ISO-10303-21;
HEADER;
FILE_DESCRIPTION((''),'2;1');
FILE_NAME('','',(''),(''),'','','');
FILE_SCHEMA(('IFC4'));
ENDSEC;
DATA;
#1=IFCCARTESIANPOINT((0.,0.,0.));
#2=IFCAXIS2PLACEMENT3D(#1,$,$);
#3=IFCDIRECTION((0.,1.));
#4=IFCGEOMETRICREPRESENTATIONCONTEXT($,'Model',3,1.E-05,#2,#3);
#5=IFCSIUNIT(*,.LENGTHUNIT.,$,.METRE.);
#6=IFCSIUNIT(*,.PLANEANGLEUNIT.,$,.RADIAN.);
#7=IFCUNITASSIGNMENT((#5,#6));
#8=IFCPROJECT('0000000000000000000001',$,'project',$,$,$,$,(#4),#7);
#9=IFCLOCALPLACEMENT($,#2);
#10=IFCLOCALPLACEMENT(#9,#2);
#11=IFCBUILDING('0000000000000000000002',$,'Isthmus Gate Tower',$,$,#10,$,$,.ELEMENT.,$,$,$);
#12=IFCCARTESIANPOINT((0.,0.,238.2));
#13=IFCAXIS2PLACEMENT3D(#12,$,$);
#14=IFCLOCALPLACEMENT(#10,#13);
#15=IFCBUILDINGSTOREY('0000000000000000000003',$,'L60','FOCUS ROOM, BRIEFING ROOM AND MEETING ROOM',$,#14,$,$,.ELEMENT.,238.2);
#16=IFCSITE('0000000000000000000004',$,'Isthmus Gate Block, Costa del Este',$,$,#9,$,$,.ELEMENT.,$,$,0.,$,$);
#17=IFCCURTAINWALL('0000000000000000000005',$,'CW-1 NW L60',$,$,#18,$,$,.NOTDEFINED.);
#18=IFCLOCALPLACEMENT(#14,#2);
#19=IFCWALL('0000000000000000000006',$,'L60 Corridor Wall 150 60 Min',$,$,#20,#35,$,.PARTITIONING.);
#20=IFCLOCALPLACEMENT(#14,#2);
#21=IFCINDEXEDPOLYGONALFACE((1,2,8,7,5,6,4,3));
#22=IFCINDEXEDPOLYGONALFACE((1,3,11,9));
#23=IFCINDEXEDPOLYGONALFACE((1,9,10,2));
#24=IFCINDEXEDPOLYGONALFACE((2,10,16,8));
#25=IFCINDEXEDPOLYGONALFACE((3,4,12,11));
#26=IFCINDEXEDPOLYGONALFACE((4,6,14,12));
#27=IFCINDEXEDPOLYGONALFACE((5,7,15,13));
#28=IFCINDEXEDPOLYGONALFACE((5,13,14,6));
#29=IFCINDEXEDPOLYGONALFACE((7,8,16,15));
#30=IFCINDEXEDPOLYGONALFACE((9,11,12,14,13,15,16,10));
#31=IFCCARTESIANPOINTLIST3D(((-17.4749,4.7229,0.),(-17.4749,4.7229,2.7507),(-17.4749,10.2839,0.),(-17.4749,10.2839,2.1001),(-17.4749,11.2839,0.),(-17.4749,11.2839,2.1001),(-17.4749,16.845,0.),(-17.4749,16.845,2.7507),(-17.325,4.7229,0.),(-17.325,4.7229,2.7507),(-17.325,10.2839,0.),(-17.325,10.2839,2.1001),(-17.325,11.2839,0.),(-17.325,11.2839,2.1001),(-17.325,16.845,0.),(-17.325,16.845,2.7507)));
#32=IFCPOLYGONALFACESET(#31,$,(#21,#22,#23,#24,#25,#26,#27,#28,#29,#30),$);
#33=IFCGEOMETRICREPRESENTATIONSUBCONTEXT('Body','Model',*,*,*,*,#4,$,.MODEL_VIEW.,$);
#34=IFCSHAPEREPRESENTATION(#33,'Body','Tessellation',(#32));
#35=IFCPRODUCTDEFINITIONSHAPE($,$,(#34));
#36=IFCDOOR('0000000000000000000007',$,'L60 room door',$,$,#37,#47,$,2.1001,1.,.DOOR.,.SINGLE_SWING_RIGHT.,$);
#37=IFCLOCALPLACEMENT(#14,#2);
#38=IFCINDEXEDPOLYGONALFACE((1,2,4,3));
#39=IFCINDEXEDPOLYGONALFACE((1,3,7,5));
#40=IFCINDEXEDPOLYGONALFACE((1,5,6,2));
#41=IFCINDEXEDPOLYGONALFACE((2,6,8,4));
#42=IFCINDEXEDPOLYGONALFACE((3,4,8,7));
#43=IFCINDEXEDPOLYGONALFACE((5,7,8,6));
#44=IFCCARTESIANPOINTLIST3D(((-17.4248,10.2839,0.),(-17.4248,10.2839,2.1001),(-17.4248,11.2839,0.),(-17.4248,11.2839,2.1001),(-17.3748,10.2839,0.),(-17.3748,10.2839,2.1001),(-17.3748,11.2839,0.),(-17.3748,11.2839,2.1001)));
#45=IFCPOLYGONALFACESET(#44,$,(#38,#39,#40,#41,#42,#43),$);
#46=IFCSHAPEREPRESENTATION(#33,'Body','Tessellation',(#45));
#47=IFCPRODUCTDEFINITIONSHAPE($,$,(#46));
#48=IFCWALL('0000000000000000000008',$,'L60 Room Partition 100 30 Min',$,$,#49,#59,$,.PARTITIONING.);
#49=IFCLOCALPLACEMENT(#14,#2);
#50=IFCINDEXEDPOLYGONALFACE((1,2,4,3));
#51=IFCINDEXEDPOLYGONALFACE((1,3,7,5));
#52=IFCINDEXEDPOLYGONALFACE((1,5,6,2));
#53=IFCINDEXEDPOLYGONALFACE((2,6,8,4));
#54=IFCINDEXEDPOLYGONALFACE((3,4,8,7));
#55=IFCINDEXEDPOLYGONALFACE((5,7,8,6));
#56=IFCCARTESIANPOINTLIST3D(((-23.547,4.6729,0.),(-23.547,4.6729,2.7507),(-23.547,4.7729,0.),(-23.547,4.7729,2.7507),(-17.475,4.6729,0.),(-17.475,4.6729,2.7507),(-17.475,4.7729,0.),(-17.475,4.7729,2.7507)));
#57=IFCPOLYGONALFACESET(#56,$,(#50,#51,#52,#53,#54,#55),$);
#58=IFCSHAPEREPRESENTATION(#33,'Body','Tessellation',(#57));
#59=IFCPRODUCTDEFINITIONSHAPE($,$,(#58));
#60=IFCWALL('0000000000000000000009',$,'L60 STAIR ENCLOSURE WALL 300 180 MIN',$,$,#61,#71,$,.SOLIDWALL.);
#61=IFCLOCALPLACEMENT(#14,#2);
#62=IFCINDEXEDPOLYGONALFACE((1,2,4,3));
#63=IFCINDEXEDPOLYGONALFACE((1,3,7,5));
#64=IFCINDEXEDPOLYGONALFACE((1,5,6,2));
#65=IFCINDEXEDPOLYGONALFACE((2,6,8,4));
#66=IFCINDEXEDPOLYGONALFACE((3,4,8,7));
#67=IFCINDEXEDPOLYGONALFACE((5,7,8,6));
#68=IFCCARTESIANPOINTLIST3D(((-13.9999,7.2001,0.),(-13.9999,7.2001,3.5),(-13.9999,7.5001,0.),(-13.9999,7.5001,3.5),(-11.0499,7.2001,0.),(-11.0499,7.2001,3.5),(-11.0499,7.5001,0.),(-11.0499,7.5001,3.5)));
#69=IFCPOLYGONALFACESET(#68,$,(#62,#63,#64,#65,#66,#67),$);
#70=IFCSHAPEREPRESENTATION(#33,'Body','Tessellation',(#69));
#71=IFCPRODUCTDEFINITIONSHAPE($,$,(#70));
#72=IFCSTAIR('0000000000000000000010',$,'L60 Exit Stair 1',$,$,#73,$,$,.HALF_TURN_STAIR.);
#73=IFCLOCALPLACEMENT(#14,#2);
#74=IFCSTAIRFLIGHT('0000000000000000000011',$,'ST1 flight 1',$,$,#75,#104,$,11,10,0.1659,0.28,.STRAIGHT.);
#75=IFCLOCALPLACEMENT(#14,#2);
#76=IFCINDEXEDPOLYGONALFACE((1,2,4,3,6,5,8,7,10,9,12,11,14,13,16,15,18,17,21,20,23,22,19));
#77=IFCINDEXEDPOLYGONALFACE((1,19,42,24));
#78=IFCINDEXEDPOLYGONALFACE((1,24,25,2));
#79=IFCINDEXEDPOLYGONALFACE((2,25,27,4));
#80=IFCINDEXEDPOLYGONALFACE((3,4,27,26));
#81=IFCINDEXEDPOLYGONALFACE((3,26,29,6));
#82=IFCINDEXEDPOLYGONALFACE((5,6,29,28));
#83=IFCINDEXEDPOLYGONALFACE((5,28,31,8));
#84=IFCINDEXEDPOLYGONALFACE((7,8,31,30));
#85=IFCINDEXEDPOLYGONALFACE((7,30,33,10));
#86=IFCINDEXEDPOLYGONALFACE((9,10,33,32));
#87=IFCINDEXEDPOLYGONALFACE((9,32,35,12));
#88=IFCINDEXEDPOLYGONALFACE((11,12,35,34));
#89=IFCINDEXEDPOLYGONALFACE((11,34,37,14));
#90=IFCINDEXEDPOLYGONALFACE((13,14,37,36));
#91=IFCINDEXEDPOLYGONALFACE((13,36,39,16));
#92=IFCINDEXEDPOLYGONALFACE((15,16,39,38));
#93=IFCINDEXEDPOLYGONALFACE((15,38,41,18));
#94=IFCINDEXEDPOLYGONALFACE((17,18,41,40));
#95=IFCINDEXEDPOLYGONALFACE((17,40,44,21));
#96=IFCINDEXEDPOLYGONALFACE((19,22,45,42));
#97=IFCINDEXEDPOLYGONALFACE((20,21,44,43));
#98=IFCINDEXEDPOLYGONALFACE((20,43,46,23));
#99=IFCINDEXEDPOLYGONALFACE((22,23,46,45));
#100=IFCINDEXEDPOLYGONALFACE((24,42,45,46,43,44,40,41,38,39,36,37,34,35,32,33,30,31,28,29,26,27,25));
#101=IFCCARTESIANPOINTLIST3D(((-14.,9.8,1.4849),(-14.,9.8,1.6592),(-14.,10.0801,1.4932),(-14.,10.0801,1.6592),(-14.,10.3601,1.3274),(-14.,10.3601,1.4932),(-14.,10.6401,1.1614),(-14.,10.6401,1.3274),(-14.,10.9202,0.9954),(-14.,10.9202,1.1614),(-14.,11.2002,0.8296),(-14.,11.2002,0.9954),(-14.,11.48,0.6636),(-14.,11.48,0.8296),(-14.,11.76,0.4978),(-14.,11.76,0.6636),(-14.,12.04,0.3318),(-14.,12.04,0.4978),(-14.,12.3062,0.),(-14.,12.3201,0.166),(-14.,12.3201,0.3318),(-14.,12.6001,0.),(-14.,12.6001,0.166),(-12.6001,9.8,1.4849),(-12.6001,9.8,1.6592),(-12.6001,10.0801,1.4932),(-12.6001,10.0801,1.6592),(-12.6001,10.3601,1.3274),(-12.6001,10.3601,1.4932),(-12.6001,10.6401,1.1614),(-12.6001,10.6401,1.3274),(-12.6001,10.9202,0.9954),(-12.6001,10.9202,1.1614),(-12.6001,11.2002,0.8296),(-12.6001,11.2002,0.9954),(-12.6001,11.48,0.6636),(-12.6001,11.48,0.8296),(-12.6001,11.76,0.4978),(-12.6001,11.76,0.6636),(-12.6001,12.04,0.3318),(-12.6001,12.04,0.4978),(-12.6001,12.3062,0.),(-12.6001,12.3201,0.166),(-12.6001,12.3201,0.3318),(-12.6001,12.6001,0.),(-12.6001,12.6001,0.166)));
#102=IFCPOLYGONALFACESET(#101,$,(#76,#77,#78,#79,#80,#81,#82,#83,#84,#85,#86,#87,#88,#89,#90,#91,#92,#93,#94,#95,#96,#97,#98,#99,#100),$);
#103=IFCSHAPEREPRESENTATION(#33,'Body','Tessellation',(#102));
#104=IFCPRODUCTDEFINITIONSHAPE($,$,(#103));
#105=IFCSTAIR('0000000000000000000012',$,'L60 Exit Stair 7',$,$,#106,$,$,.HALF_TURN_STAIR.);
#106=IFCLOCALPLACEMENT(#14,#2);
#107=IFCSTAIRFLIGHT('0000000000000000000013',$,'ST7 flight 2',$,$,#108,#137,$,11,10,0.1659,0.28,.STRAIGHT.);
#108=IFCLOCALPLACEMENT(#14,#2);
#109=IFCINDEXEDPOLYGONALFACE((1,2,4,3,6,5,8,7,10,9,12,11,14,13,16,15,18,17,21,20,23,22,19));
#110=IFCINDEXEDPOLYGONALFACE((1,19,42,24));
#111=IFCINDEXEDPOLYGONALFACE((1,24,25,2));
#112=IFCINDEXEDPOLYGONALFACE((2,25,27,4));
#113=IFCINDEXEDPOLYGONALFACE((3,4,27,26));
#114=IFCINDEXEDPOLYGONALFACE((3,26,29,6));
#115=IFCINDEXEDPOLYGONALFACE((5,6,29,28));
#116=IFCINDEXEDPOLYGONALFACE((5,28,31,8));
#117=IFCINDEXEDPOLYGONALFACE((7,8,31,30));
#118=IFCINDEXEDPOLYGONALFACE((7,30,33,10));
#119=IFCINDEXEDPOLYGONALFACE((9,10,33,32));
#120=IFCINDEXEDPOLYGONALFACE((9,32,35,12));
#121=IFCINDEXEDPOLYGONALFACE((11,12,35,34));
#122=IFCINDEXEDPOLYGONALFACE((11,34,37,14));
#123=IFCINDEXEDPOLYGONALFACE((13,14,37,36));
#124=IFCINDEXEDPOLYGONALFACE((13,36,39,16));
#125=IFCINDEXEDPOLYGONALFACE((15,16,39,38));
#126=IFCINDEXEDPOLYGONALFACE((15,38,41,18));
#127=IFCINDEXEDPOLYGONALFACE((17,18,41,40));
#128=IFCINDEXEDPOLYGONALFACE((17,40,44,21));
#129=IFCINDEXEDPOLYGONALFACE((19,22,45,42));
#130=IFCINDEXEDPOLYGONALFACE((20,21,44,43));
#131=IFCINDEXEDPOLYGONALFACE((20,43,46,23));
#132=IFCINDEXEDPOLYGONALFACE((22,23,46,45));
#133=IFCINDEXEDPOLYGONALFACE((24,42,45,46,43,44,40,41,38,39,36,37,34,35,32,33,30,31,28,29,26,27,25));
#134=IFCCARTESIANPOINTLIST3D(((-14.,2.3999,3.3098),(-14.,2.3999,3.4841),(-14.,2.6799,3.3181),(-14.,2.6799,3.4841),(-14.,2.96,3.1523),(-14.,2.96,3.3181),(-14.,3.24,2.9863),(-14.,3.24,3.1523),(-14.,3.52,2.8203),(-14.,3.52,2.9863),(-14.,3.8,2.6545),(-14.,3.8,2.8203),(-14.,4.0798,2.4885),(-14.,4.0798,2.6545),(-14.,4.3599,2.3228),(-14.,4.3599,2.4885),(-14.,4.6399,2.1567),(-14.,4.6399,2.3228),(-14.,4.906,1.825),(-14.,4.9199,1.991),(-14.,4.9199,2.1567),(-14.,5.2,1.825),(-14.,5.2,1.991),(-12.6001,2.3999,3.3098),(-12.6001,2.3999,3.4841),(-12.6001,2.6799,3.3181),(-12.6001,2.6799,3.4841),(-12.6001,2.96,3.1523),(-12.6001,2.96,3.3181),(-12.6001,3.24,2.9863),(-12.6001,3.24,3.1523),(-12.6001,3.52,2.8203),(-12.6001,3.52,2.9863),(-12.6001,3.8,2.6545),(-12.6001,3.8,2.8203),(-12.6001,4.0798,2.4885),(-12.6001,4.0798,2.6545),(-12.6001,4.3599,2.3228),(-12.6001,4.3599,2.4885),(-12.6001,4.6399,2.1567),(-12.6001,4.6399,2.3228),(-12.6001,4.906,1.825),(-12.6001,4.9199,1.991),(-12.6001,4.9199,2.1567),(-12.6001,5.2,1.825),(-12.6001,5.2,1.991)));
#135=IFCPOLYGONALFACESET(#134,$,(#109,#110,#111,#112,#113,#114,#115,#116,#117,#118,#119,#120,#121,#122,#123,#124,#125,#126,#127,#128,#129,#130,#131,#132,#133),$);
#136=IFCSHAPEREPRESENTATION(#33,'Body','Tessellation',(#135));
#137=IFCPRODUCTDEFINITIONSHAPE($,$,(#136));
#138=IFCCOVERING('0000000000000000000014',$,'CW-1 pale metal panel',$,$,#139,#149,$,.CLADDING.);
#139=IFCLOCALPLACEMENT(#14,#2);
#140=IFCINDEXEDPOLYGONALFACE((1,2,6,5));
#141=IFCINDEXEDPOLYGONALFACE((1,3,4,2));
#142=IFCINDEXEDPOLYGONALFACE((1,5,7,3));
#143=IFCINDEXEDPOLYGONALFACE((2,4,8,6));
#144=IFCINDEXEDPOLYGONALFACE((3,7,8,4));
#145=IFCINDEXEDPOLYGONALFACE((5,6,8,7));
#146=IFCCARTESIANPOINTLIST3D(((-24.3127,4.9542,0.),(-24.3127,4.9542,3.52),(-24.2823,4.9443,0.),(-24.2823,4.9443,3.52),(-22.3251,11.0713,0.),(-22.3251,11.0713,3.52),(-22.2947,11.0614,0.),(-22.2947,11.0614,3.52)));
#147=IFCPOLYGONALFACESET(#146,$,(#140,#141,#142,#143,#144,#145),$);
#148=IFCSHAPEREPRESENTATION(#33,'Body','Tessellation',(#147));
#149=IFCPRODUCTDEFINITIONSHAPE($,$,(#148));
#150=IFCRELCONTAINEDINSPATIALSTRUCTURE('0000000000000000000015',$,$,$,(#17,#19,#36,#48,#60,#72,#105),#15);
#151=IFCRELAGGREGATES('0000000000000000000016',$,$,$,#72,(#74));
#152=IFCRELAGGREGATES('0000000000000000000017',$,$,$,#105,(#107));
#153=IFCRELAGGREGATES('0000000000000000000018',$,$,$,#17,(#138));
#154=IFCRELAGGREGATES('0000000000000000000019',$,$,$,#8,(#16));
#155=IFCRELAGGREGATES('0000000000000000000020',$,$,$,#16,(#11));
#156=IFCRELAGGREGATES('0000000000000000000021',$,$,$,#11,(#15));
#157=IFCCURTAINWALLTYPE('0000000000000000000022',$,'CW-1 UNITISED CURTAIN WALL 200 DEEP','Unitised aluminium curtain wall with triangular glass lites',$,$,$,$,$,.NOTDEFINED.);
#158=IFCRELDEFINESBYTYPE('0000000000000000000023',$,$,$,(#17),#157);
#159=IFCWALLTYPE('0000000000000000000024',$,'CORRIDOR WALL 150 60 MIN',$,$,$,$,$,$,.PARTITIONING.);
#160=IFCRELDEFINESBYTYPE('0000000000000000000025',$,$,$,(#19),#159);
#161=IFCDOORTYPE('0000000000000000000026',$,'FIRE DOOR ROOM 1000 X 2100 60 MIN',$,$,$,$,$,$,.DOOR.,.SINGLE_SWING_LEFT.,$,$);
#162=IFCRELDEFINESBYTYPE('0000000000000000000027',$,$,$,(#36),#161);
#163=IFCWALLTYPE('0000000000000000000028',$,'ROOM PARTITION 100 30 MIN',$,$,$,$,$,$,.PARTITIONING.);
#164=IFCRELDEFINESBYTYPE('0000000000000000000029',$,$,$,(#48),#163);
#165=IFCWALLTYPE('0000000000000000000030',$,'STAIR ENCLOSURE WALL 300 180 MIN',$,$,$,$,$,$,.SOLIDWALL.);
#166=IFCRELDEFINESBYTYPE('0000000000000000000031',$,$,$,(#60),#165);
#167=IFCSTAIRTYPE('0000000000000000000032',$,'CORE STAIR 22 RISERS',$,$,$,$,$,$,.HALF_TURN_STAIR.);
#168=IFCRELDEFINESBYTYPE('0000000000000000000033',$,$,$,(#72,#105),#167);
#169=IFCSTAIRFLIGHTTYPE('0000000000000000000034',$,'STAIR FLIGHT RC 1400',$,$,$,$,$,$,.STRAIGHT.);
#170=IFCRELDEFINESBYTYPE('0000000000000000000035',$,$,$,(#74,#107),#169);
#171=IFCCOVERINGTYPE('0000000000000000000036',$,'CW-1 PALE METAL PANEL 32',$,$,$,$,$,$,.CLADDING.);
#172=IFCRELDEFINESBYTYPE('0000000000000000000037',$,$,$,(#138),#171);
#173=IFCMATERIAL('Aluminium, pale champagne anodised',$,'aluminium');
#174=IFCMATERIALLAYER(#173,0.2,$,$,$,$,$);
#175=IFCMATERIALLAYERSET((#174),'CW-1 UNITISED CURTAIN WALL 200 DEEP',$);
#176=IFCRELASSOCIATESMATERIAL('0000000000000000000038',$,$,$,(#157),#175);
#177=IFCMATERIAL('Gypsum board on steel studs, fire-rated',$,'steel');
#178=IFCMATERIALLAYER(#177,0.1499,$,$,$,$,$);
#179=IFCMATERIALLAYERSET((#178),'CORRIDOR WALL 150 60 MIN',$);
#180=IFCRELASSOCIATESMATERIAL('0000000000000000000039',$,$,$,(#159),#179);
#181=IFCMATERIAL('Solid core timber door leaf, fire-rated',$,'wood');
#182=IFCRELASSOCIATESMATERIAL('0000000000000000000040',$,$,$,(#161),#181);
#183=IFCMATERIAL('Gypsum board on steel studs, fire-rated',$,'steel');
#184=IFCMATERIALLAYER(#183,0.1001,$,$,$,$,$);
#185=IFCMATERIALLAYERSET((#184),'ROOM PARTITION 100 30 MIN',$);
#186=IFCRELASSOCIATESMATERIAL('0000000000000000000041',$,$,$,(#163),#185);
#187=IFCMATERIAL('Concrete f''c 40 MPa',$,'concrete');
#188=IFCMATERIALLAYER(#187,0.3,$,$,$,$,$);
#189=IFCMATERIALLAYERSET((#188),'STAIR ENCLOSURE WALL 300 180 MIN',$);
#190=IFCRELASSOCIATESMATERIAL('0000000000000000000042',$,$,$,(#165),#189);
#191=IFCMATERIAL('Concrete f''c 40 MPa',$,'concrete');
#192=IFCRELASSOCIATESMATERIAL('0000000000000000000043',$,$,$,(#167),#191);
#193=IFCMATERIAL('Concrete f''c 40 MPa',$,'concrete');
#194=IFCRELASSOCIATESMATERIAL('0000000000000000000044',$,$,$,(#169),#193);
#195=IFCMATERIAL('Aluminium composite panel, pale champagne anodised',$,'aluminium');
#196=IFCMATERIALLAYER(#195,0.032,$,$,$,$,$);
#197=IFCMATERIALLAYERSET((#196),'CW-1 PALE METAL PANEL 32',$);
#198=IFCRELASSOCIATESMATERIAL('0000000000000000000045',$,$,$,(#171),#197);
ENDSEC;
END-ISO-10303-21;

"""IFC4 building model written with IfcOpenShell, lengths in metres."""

from ifc_helpers import new_model, si_unit, direction, frame, frame_2d, origin, origin_2d, place, context, subcontext, project, spatial, polyline, rectangle, outline, extrude, material, layer, layer_set, type_object, element, fill, aggregate, save


model = new_model("IFC4")

# Units and contexts
model_context = context("Model", 3, precision=1e-05, world=origin(), true_north=direction((0.0, 1.0)))
body_context = subcontext(model_context, "Body", "Model", "MODEL_VIEW")
ifc_project = project(units=[si_unit("LENGTHUNIT", "METRE"), si_unit("PLANEANGLEUNIT", "RADIAN")], contexts=[model_context])

# Site, building, storey
site_placement = place(None, origin())
site = spatial("IfcSite", under=ifc_project, at=site_placement, Name="Isthmus Gate Block, Costa del Este", CompositionType="ELEMENT", RefElevation=0.0)
building_placement = place(site_placement, origin())
building = spatial("IfcBuilding", under=site, at=building_placement, Name="Isthmus Gate Tower", CompositionType="ELEMENT")
storey_placement = place(building_placement, frame((0.0, 0.0, 238.2)))
storey = spatial("IfcBuildingStorey", under=building, at=storey_placement, Name="L60", Description="FOCUS ROOM, BRIEFING ROOM AND MEETING ROOM", CompositionType="ELEMENT", Elevation=238.2)

# Curtain wall
ifc_material_1 = material(Name="Aluminium, pale champagne anodised", Category="aluminium")
ifc_layer_1 = layer(ifc_material_1, 0.2)
ifc_layer_set_1 = layer_set([ifc_layer_1], Name="CW-1 UNITISED CURTAIN WALL 200 DEEP")
curtain_wall_type = type_object("IfcCurtainWallType", Name="CW-1 UNITISED CURTAIN WALL 200 DEEP", Description="Unitised aluminium curtain wall with triangular glass lites", PredefinedType="NOTDEFINED", material=ifc_layer_set_1)
curtain_wall_placement = place(storey_placement, origin())
curtain_wall = element("IfcCurtainWall", 1, at=curtain_wall_placement, inside=storey, type_object=curtain_wall_type, Name="CW-1 NW L60", PredefinedType="NOTDEFINED")

# Wall, opening, door
ifc_material_2 = material(Name="Gypsum board on steel studs, fire-rated", Category="steel")
ifc_layer_2 = layer(ifc_material_2, 0.1499)
ifc_layer_set_2 = layer_set([ifc_layer_2], Name="CORRIDOR WALL 150 60 MIN")
wall_type_1 = type_object("IfcWallType", Name="CORRIDOR WALL 150 60 MIN", PredefinedType="PARTITIONING", material=ifc_layer_set_2)
wall_1_placement = place(storey_placement, frame((-17.3999, 4.7229, 0.0), z_axis=(0.0, 0.0, 1.0), x_axis=(0.0, 1.0, 0.0)))
wall_1 = element("IfcWall", 2, at=wall_1_placement, inside=storey, type_object=wall_type_1, Name="L60 Corridor Wall 150 60 Min", PredefinedType="PARTITIONING", context=body_context, shape_type="SweptSolid", body=[
    extrude(rectangle(XDim=12.1221, YDim=0.1499, at=frame_2d((6.061, 0.0))), origin(), (0.0, 0.0, 1.0), 2.7507),
])
opening_placement = place(wall_1_placement, frame((5.561, 0.0, 0.0)))
opening = element("IfcOpeningElement", 3, at=opening_placement, cuts=wall_1, PredefinedType="OPENING", context=body_context, shape_type="SweptSolid", body=[
    extrude(rectangle(XDim=1.0, YDim=2.1001, at=frame_2d((0.5, 1.05))), frame((0.0, 0.085, 0.0), z_axis=(0.0, -1.0, 0.0), x_axis=(1.0, 0.0, 0.0)), (0.0, 0.0, 1.0), 0.1699),
])
ifc_material_3 = material(Name="Solid core timber door leaf, fire-rated", Category="wood")
door_type = type_object("IfcDoorType", Name="FIRE DOOR ROOM 1000 X 2100 60 MIN", OperationType="SINGLE_SWING_LEFT", PredefinedType="DOOR", material=ifc_material_3)
door_placement = place(opening_placement, origin())
door = element("IfcDoor", 4, at=door_placement, inside=storey, type_object=door_type, Name="L60 room door", OperationType="SINGLE_SWING_RIGHT", OverallHeight=2.1001, OverallWidth=1.0, PredefinedType="DOOR", context=body_context, shape_type="SweptSolid", body=[
    extrude(rectangle(XDim=1.0, YDim=2.1001, at=frame_2d((0.5, 1.05))), frame((0.0, 0.0249, 0.0), z_axis=(0.0, -1.0, 0.0), x_axis=(1.0, 0.0, 0.0)), (0.0, 0.0, 1.0), 0.05),
])
fill(opening, door)

# Walls
ifc_material_4 = material(Name="Gypsum board on steel studs, fire-rated", Category="steel")
ifc_layer_3 = layer(ifc_material_4, 0.1001)
ifc_layer_set_3 = layer_set([ifc_layer_3], Name="ROOM PARTITION 100 30 MIN")
wall_type_2 = type_object("IfcWallType", Name="ROOM PARTITION 100 30 MIN", PredefinedType="PARTITIONING", material=ifc_layer_set_3)
wall_2_placement = place(storey_placement, frame((-23.5471, 4.7229, 0.0), z_axis=(0.0, 0.0, 1.0), x_axis=(1.0, 0.0, 0.0)))
element("IfcWall", 5, at=wall_2_placement, inside=storey, type_object=wall_type_2, Name="L60 Room Partition 100 30 Min", PredefinedType="PARTITIONING", context=body_context, shape_type="SweptSolid", body=[
    extrude(rectangle(XDim=6.072, YDim=0.1001, at=frame_2d((3.0361, 0.0))), origin(), (0.0, 0.0, 1.0), 2.7507),
])
ifc_material_5 = material(Name="Concrete f'c 40 MPa", Category="concrete")
ifc_layer_4 = layer(ifc_material_5, 0.3)
ifc_layer_set_4 = layer_set([ifc_layer_4], Name="STAIR ENCLOSURE WALL 300 180 MIN")
wall_type_3 = type_object("IfcWallType", Name="STAIR ENCLOSURE WALL 300 180 MIN", PredefinedType="SOLIDWALL", material=ifc_layer_set_4)
wall_3_placement = place(storey_placement, frame((-14.0, 7.3501, 0.0), z_axis=(0.0, 0.0, 1.0), x_axis=(1.0, 0.0, 0.0)))
element("IfcWall", 6, at=wall_3_placement, inside=storey, type_object=wall_type_3, Name="L60 STAIR ENCLOSURE WALL 300 180 MIN", PredefinedType="SOLIDWALL", context=body_context, shape_type="SweptSolid", body=[
    extrude(rectangle(XDim=2.95, YDim=0.3, at=frame_2d((1.4751, 0.0))), origin(), (0.0, 0.0, 1.0), 3.5),
])

# Stairs, stair flights
ifc_material_6 = material(Name="Concrete f'c 40 MPa", Category="concrete")
stair_type = type_object("IfcStairType", Name="CORE STAIR 22 RISERS", PredefinedType="HALF_TURN_STAIR", material=ifc_material_6)
stair_1_placement = place(storey_placement, origin())
stair_1 = element("IfcStair", 7, at=stair_1_placement, inside=storey, type_object=stair_type, Name="L60 Exit Stair 1", PredefinedType="HALF_TURN_STAIR")
ifc_material_7 = material(Name="Concrete f'c 40 MPa", Category="concrete")
stair_flight_type = type_object("IfcStairFlightType", Name="STAIR FLIGHT RC 1400", PredefinedType="STRAIGHT", material=ifc_material_7)
stair_flight_1_placement = place(storey_placement, frame((-13.3, 12.6001, 0.0), z_axis=(0.0, 0.0, 1.0), x_axis=(0.0, -1.0, 0.0)))
stair_flight_1 = element("IfcStairFlight", 8, at=stair_flight_1_placement, type_object=stair_flight_type, Name="ST1 flight 1", NumberOfRisers=11, NumberOfTreads=10, PredefinedType="STRAIGHT", RiserHeight=0.1659, TreadLength=0.28, context=body_context, shape_type="SweptSolid", body=[
    extrude(outline(polyline([(0.0, 0.0), (0.0, 0.166), (0.28, 0.166), (0.28, 0.3318), (0.5601, 0.3318), (0.5601, 0.4978), (0.8401, 0.4978), (0.8401, 0.6636), (1.1201, 0.6636), (1.1201, 0.8296), (1.3999, 0.8296), (1.3999, 0.9954), (1.6799, 0.9954), (1.6799, 1.1614), (1.96, 1.1614), (1.96, 1.3274), (2.24, 1.3274), (2.24, 1.4932), (2.52, 1.4932), (2.52, 1.6592), (2.8, 1.6592), (2.8, 1.825), (2.8, 1.4849), (0.2939, 0.0), (0.0, 0.0)])), frame((0.0, 0.7, 0.0), z_axis=(0.0, -1.0, 0.0), x_axis=(1.0, 0.0, 0.0)), (0.0, 0.0, 1.0), 1.3999),
])
aggregate(stair_1, [stair_flight_1])
stair_2_placement = place(storey_placement, origin())
stair_2 = element("IfcStair", 9, at=stair_2_placement, inside=storey, type_object=stair_type, Name="L60 Exit Stair 7", PredefinedType="HALF_TURN_STAIR")
stair_flight_2_placement = place(storey_placement, frame((-13.3, 5.2, 1.825), z_axis=(0.0, 0.0, 1.0), x_axis=(0.0, -1.0, 0.0)))
stair_flight_2 = element("IfcStairFlight", 10, at=stair_flight_2_placement, type_object=stair_flight_type, Name="ST7 flight 2", NumberOfRisers=11, NumberOfTreads=10, PredefinedType="STRAIGHT", RiserHeight=0.1659, TreadLength=0.28, context=body_context, shape_type="SweptSolid", body=[
    extrude(outline(polyline([(0.0, 0.0), (0.0, 0.166), (0.28, 0.166), (0.28, 0.3318), (0.5601, 0.3318), (0.5601, 0.4978), (0.8401, 0.4978), (0.8401, 0.6636), (1.1201, 0.6636), (1.1201, 0.8296), (1.3999, 0.8296), (1.3999, 0.9954), (1.6799, 0.9954), (1.6799, 1.1614), (1.96, 1.1614), (1.96, 1.3274), (2.24, 1.3274), (2.24, 1.4932), (2.52, 1.4932), (2.52, 1.6592), (2.8, 1.6592), (2.8, 1.825), (2.8, 1.4849), (0.2939, 0.0), (0.0, 0.0)])), frame((0.0, 0.7, 0.0), z_axis=(0.0, -1.0, 0.0), x_axis=(1.0, 0.0, 0.0)), (0.0, 0.0, 1.0), 1.3999),
])
aggregate(stair_2, [stair_flight_2])

# Covering
ifc_material_8 = material(Name="Aluminium composite panel, pale champagne anodised", Category="aluminium")
ifc_layer_5 = layer(ifc_material_8, 0.032)
ifc_layer_set_5 = layer_set([ifc_layer_5], Name="CW-1 PALE METAL PANEL 32")
covering_type = type_object("IfcCoveringType", Name="CW-1 PALE METAL PANEL 32", PredefinedType="CLADDING", material=ifc_layer_set_5)
covering_placement = place(storey_placement, frame((-23.3037, 8.0078, 0.0), z_axis=(0.0, 0.0, 1.0), x_axis=(-0.309017, -0.951057, 0.0)))
covering = element("IfcCovering", 11, at=covering_placement, type_object=covering_type, Name="CW-1 pale metal panel", PredefinedType="CLADDING", context=body_context, shape_type="SweptSolid", body=[
    extrude(rectangle(XDim=6.4319, YDim=0.032, at=origin_2d()), origin(), (0.0, 0.0, 1.0), 3.52),
])
aggregate(curtain_wall, [covering])

save(model, "model.ifc")
